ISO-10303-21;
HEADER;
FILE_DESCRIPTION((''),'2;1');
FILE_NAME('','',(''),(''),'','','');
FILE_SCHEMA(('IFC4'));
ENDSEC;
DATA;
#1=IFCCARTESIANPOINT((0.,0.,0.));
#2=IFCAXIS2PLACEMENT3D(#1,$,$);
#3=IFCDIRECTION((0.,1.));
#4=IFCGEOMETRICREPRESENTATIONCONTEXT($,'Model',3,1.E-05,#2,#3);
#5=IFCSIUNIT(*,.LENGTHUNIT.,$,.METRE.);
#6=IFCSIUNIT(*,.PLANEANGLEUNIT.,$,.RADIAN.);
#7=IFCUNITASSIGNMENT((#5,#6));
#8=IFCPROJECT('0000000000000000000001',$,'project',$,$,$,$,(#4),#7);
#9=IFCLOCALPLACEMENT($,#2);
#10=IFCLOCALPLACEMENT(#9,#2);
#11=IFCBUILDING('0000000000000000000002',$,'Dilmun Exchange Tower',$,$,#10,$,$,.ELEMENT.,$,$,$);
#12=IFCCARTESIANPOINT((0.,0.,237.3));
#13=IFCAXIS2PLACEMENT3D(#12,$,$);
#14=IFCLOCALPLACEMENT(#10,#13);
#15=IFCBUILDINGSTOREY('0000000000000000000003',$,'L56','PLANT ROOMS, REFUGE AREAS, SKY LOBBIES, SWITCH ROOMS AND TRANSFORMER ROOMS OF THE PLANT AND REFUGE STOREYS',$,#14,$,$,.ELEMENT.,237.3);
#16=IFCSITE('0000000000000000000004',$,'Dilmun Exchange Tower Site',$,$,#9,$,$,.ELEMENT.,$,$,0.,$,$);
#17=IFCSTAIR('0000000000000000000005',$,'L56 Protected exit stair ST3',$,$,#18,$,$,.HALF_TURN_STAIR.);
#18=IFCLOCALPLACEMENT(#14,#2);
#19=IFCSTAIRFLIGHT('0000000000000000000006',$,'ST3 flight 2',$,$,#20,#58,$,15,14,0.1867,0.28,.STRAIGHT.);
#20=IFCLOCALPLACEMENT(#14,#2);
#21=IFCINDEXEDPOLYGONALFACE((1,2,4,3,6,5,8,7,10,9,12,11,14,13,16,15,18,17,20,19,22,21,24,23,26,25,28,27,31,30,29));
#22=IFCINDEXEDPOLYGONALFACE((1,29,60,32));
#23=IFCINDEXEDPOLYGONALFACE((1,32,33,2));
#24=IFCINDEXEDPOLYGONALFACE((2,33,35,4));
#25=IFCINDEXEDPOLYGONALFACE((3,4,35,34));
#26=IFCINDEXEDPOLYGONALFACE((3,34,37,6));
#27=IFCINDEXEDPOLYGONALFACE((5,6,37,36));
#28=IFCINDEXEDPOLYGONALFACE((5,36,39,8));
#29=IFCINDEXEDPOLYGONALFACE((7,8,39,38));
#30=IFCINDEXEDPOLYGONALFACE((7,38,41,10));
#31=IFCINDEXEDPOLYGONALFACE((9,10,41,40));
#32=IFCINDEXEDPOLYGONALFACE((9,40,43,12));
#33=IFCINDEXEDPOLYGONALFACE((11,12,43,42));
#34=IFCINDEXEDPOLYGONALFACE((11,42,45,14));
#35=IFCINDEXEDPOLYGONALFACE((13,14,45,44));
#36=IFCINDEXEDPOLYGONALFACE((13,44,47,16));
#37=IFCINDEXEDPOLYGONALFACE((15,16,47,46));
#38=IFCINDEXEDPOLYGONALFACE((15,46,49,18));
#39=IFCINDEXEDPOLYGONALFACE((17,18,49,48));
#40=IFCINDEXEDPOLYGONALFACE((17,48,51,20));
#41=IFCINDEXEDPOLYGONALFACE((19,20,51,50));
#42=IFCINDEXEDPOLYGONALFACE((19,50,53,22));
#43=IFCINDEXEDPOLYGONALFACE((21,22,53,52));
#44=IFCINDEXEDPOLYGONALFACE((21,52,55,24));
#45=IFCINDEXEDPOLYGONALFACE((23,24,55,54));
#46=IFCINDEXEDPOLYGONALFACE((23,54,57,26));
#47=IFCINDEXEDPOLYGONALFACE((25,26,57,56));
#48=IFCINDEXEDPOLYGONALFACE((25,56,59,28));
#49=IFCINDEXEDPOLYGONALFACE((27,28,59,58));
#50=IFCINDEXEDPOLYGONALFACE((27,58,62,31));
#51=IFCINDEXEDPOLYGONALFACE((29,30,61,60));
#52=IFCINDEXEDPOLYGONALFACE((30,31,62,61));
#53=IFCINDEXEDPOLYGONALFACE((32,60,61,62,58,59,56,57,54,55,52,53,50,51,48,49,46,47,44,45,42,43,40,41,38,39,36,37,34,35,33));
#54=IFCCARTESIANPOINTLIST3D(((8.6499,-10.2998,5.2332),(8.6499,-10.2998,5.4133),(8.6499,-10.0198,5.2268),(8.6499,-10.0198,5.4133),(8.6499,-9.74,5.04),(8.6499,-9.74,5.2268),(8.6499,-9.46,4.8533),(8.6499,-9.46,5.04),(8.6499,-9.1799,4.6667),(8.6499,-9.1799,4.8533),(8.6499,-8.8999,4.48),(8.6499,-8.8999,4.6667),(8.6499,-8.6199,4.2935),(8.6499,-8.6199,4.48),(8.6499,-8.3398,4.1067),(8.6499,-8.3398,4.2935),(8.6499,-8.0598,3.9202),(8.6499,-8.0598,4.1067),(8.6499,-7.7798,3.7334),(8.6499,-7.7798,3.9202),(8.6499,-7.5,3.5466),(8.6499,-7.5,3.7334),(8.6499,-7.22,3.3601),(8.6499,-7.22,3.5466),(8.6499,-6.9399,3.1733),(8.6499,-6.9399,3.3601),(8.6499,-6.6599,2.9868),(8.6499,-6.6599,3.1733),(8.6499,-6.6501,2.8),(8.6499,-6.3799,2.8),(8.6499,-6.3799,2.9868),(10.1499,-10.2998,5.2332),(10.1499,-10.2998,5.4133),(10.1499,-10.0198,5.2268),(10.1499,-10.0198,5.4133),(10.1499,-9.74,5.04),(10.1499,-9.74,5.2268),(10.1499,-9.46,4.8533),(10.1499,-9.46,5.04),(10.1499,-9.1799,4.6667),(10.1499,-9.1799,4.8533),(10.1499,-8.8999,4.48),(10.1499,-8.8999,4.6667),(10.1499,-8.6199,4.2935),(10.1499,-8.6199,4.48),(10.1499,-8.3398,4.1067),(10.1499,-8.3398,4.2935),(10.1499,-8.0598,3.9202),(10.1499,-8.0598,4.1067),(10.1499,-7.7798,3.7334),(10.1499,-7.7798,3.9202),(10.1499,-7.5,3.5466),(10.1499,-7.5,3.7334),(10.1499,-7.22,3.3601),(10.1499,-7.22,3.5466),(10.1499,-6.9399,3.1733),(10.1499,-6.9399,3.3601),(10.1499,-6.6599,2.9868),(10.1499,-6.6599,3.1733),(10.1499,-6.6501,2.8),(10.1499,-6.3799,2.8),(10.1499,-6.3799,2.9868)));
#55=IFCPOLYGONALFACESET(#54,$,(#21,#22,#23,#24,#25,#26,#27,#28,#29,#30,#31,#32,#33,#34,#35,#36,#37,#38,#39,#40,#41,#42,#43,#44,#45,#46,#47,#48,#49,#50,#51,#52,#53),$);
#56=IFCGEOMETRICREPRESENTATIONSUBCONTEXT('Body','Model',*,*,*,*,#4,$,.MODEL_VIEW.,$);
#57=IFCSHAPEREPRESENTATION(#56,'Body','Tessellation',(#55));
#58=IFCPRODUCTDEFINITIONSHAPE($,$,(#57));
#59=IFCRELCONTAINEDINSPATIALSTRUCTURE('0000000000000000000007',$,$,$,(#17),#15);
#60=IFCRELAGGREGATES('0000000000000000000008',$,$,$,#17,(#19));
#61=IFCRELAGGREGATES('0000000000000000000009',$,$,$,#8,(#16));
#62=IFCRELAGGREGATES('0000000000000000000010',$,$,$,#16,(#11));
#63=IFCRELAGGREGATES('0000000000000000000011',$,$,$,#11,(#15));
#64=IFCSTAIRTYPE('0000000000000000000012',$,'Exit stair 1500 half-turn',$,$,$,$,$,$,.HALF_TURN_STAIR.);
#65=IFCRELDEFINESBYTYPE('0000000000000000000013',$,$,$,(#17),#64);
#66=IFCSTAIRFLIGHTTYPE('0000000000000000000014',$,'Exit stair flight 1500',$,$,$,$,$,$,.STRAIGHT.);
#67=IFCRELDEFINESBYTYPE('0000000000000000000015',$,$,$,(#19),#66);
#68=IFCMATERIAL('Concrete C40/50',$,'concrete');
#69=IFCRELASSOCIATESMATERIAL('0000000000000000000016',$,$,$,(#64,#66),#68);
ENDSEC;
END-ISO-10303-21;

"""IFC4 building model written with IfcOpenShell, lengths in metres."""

from ifc_helpers import new_model, si_unit, direction, frame, origin, place, context, subcontext, project, spatial, polyline, outline, extrude, material, type_object, element, aggregate, save


model = new_model("IFC4")

# Units and contexts
model_context = context("Model", 3, precision=1e-05, world=origin(), true_north=direction((0.0, 1.0)))
body_context = subcontext(model_context, "Body", "Model", "MODEL_VIEW")
ifc_project = project(units=[si_unit("LENGTHUNIT", "METRE"), si_unit("PLANEANGLEUNIT", "RADIAN")], contexts=[model_context])

# Site, building, storey
site_placement = place(None, origin())
site = spatial("IfcSite", under=ifc_project, at=site_placement, Name="Dilmun Exchange Tower Site", CompositionType="ELEMENT", RefElevation=0.0)
building_placement = place(site_placement, origin())
building = spatial("IfcBuilding", under=site, at=building_placement, Name="Dilmun Exchange Tower", CompositionType="ELEMENT")
storey_placement = place(building_placement, frame((0.0, 0.0, 237.3)))
storey = spatial("IfcBuildingStorey", under=building, at=storey_placement, Name="L56", Description="PLANT ROOMS, REFUGE AREAS, SKY LOBBIES, SWITCH ROOMS AND TRANSFORMER ROOMS OF THE PLANT AND REFUGE STOREYS", CompositionType="ELEMENT", Elevation=237.3)

# Shared definitions
ifc_material_1 = material(Name="Concrete C40/50", Category="concrete")

# Stair, stair flight
stair_type = type_object("IfcStairType", Name="Exit stair 1500 half-turn", PredefinedType="HALF_TURN_STAIR", material=ifc_material_1)
stair_placement = place(storey_placement, origin())
stair = element("IfcStair", 1, at=stair_placement, inside=storey, type_object=stair_type, Name="L56 Protected exit stair ST3", PredefinedType="HALF_TURN_STAIR")
stair_flight_type = type_object("IfcStairFlightType", Name="Exit stair flight 1500", PredefinedType="STRAIGHT", material=ifc_material_1)
stair_flight_1_placement = place(storey_placement, frame((9.3999, -6.3799, 2.8), z_axis=(0.0, 0.0, 1.0), x_axis=(0.0, -1.0, 0.0)))
stair_flight_1 = element("IfcStairFlight", 2, at=stair_flight_1_placement, type_object=stair_flight_type, Name="ST3 flight 2", NumberOfRisers=15, NumberOfTreads=14, PredefinedType="STRAIGHT", RiserHeight=0.1867, TreadLength=0.28, context=body_context, shape_type="SweptSolid", body=[
    extrude(outline(polyline([(0.0, 0.0), (0.0, 0.1868), (0.28, 0.1868), (0.28, 0.3733), (0.5601, 0.3733), (0.5601, 0.5601), (0.8401, 0.5601), (0.8401, 0.7466), (1.1201, 0.7466), (1.1201, 0.9333), (1.3999, 0.9333), (1.3999, 1.1201), (1.6799, 1.1201), (1.6799, 1.3066), (1.96, 1.3066), (1.96, 1.4934), (2.24, 1.4934), (2.24, 1.6799), (2.52, 1.6799), (2.52, 1.8667), (2.8, 1.8667), (2.8, 2.0532), (3.0801, 2.0532), (3.0801, 2.24), (3.3601, 2.24), (3.3601, 2.4268), (3.6399, 2.4268), (3.6399, 2.6133), (3.9199, 2.6133), (3.9199, 2.8), (3.9199, 2.4331), (0.2703, 0.0), (0.0, 0.0)])), frame((0.0, 0.75, 0.0), z_axis=(0.0, -1.0, 0.0), x_axis=(1.0, 0.0, 0.0)), (0.0, 0.0, 1.0), 1.5),
])
aggregate(stair, [stair_flight_1])

save(model, "model.ifc")
